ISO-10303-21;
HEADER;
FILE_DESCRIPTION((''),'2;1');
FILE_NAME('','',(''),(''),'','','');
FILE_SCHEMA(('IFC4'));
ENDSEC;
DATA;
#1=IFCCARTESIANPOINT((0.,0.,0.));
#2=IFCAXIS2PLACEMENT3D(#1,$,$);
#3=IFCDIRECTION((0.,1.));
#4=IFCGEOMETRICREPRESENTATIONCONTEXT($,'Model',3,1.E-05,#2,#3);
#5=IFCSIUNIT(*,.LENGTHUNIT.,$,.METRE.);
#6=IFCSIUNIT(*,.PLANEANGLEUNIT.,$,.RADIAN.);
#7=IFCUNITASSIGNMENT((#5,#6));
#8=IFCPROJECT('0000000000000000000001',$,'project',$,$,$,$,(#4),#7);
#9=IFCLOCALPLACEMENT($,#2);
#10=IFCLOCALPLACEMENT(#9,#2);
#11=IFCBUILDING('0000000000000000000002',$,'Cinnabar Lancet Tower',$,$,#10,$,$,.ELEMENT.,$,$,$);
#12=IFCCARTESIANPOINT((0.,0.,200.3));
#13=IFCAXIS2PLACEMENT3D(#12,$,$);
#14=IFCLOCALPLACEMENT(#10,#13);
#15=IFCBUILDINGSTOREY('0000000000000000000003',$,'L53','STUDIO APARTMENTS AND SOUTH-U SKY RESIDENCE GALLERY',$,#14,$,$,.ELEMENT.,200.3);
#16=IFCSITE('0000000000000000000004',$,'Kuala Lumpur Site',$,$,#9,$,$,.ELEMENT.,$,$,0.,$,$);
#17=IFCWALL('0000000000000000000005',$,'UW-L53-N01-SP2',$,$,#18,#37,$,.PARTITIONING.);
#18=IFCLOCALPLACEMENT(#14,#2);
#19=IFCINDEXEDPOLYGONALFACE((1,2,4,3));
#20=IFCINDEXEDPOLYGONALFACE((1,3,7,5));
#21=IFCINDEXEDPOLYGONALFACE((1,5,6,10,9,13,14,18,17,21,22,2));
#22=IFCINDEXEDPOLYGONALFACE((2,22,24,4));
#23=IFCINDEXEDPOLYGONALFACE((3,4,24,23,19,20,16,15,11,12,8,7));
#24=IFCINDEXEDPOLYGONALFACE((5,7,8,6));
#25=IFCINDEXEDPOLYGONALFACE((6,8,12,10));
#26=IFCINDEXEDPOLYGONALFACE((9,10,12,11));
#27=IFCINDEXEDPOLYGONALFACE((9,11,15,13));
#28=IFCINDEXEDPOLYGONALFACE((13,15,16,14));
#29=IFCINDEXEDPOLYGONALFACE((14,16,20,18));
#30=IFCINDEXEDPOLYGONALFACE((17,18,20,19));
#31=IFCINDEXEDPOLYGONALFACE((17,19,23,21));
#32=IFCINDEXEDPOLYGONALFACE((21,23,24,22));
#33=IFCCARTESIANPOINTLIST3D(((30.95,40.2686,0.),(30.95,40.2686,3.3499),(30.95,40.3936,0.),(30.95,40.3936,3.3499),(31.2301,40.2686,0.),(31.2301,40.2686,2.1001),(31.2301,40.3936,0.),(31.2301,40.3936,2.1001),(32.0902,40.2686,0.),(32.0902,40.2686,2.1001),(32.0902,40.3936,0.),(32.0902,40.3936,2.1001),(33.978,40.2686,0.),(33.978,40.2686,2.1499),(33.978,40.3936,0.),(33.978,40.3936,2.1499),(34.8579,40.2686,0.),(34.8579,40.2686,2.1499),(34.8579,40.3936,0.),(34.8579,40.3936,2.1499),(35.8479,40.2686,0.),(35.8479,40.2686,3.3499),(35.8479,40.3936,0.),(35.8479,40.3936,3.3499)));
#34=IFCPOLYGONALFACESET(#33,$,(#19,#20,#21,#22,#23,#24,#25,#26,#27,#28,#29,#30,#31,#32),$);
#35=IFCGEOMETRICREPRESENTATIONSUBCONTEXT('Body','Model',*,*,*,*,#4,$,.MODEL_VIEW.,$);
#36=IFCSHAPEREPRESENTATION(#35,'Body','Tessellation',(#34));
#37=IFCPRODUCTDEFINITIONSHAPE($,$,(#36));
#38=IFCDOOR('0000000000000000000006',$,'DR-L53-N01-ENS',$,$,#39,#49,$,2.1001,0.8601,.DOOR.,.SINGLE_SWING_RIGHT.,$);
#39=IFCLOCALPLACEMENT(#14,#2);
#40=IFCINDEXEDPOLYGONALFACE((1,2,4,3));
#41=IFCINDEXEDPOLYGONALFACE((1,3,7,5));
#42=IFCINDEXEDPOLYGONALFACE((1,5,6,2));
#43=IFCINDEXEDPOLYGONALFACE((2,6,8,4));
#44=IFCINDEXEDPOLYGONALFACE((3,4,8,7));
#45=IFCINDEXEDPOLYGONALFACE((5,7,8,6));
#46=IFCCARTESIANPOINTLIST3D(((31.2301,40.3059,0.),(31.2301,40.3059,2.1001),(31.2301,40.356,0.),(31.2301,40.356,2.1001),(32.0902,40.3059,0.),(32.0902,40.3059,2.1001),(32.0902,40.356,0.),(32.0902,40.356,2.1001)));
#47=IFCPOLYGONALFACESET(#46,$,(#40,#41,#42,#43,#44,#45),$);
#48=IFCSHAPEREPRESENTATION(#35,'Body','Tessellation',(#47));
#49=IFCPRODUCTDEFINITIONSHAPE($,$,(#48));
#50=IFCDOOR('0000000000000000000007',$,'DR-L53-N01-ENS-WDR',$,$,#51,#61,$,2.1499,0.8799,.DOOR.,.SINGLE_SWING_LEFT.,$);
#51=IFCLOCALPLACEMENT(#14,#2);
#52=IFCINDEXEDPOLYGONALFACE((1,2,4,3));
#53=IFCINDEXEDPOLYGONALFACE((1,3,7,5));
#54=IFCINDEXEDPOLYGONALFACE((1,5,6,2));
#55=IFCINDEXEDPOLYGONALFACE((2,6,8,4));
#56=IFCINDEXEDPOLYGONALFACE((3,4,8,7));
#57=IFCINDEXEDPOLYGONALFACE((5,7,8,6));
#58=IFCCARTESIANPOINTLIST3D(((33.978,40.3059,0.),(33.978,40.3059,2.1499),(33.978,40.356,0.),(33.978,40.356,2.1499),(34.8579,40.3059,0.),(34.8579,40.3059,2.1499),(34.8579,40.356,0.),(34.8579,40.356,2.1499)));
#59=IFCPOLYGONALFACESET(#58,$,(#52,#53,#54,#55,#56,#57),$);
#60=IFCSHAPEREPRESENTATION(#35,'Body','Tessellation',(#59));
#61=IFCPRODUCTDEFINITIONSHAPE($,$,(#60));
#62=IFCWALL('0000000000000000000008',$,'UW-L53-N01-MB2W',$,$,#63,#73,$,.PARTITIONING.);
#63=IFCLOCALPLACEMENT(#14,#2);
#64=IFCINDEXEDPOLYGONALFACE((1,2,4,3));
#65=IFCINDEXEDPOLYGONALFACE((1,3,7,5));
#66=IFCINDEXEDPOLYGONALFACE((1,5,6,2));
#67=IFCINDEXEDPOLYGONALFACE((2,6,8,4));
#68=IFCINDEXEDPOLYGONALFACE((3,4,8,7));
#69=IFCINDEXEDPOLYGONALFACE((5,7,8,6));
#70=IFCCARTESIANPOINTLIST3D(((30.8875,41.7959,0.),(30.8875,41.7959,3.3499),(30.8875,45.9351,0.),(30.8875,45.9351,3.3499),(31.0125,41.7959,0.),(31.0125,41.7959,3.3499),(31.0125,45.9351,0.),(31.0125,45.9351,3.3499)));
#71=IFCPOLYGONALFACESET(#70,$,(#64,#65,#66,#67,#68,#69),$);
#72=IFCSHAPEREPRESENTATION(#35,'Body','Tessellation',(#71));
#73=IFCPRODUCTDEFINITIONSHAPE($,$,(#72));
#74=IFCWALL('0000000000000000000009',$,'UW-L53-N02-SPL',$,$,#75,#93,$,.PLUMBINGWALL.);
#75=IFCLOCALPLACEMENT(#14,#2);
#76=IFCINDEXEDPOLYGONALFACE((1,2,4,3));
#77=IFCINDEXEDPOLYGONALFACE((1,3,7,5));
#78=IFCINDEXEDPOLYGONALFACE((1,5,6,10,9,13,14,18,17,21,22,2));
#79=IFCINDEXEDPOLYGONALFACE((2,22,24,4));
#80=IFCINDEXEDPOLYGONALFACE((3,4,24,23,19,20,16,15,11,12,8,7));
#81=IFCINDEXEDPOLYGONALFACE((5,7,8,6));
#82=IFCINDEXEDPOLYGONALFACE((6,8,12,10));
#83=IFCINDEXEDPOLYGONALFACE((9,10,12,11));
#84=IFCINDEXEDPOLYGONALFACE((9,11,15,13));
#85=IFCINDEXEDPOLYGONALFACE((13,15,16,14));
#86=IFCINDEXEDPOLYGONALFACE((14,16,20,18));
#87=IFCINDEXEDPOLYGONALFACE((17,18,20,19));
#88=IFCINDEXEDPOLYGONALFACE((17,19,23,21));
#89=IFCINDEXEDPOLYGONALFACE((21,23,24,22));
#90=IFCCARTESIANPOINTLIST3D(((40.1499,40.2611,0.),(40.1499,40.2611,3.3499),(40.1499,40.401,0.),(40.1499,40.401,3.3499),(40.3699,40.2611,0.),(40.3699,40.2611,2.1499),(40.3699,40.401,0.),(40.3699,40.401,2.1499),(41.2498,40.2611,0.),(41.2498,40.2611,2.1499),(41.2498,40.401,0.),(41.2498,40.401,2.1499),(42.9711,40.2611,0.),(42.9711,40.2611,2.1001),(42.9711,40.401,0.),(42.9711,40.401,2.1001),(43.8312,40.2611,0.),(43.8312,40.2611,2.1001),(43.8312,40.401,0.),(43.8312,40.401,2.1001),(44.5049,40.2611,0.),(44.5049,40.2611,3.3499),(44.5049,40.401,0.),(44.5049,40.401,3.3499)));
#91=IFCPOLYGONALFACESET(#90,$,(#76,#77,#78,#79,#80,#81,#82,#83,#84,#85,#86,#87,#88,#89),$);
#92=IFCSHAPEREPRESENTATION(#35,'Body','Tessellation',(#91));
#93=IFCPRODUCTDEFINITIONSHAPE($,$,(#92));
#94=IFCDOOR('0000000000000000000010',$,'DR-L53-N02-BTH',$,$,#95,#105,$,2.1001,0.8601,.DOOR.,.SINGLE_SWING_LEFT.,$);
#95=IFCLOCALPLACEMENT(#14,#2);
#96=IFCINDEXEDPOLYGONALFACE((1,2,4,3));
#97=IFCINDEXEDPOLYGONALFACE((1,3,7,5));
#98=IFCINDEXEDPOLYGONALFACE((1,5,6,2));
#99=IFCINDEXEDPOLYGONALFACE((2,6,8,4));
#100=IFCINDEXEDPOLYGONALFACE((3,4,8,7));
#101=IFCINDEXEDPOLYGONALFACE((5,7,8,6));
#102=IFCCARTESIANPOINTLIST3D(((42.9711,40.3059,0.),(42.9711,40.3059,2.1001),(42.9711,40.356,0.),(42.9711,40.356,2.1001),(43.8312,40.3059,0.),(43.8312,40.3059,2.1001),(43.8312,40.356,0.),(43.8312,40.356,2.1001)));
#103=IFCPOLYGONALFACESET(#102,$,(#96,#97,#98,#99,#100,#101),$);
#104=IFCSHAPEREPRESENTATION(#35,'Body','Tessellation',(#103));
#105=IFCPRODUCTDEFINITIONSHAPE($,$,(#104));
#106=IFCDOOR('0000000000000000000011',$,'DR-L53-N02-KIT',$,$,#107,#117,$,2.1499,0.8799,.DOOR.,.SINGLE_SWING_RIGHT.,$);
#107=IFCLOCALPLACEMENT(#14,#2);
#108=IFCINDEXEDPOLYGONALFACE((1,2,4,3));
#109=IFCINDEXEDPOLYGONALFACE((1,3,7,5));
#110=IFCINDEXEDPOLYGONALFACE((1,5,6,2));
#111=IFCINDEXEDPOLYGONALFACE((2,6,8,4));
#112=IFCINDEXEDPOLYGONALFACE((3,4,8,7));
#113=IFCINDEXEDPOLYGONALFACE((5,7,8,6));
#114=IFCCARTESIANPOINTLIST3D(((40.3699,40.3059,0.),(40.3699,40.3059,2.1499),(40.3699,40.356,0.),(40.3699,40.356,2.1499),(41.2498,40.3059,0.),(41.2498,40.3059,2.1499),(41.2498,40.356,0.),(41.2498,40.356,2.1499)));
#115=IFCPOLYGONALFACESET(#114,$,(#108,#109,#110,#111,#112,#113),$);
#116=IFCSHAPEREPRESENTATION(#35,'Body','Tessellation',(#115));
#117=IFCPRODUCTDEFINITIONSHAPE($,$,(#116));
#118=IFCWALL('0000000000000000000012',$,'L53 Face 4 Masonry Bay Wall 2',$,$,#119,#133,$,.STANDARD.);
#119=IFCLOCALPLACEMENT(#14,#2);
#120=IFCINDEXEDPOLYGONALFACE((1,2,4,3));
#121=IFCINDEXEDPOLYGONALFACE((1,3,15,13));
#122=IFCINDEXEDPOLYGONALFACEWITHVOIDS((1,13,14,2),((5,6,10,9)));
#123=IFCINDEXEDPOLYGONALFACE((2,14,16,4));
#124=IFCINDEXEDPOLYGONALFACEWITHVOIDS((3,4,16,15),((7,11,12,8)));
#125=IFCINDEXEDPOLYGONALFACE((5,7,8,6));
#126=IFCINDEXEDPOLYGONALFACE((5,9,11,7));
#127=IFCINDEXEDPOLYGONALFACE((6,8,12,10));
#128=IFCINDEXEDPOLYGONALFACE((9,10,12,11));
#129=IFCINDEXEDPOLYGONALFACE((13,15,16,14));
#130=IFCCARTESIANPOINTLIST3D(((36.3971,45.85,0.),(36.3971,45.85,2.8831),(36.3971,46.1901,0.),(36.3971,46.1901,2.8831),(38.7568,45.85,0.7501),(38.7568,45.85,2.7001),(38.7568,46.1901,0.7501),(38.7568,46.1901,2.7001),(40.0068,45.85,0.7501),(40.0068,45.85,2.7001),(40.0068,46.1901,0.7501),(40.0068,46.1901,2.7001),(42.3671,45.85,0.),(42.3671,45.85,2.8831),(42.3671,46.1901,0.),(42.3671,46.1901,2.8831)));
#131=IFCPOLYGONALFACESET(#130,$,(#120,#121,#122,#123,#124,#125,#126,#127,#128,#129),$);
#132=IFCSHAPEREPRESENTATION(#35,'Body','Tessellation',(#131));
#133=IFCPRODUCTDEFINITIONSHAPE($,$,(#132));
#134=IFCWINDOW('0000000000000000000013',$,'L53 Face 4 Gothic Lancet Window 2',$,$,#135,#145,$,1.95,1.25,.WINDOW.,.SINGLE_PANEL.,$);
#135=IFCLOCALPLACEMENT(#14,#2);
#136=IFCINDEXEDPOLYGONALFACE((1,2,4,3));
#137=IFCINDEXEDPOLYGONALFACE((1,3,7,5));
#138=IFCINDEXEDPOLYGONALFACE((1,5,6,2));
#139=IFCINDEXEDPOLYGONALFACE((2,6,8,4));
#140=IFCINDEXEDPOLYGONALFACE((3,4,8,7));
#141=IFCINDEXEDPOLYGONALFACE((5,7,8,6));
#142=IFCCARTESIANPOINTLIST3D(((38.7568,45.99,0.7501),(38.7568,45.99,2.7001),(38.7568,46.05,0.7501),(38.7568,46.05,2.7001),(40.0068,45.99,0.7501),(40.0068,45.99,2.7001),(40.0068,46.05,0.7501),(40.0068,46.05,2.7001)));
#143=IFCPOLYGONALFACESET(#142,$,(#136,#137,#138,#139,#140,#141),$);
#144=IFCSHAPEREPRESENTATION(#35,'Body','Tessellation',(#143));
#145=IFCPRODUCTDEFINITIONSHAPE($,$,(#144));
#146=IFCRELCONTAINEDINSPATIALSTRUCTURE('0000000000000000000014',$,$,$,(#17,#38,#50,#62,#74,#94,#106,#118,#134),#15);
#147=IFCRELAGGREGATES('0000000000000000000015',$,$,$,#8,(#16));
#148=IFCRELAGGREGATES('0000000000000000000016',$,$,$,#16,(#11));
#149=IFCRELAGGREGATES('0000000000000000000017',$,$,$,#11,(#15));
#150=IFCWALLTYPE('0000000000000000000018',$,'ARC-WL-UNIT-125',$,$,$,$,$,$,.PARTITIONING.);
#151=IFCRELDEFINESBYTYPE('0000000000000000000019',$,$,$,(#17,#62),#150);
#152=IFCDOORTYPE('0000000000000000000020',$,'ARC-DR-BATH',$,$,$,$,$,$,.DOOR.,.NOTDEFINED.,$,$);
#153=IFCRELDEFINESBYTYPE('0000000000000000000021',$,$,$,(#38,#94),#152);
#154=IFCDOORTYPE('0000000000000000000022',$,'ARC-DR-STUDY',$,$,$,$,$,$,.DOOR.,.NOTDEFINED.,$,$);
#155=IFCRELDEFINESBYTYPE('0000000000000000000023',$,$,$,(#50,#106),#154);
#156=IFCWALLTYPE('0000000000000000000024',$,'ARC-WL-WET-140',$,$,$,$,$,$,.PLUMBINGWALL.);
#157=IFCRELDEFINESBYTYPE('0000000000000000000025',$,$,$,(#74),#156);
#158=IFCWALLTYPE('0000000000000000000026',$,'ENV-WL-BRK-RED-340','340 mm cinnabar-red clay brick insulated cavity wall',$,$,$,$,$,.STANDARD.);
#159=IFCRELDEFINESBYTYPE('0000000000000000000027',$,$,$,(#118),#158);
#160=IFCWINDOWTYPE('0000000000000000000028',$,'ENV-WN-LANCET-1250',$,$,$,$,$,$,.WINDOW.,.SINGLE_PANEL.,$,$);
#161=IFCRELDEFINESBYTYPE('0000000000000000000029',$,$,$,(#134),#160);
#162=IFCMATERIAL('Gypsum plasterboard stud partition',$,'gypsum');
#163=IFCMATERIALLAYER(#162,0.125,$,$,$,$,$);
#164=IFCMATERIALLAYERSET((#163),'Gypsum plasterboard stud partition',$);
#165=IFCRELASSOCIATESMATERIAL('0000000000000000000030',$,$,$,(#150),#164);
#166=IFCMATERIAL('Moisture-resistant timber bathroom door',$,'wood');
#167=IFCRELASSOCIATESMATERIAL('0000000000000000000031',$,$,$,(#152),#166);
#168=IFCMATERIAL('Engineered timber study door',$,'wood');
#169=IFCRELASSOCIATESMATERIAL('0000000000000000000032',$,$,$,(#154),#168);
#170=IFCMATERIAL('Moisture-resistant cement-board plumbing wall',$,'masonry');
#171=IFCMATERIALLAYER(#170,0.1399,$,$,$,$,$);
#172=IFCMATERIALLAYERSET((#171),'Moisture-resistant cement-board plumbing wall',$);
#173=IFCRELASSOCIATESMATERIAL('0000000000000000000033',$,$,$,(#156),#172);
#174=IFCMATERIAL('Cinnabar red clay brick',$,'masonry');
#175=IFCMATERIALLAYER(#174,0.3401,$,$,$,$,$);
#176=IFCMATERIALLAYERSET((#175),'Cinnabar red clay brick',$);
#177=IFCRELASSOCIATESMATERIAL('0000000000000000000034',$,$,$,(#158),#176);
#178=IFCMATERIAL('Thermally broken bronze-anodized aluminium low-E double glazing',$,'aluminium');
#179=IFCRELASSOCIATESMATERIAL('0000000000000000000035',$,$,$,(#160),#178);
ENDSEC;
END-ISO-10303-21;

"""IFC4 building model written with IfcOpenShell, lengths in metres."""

from ifc_helpers import new_model, si_unit, direction, frame, frame_2d, origin, place, context, subcontext, project, spatial, rectangle, extrude, material, layer, layer_set, type_object, element, fill, save


model = new_model("IFC4")

# Units and contexts
model_context = context("Model", 3, precision=1e-05, world=origin(), true_north=direction((0.0, 1.0)))
body_context = subcontext(model_context, "Body", "Model", "MODEL_VIEW")
ifc_project = project(units=[si_unit("LENGTHUNIT", "METRE"), si_unit("PLANEANGLEUNIT", "RADIAN")], contexts=[model_context])

# Site, building, storey
site_placement = place(None, origin())
site = spatial("IfcSite", under=ifc_project, at=site_placement, Name="Kuala Lumpur Site", CompositionType="ELEMENT", RefElevation=0.0)
building_placement = place(site_placement, origin())
building = spatial("IfcBuilding", under=site, at=building_placement, Name="Cinnabar Lancet Tower", CompositionType="ELEMENT")
storey_placement = place(building_placement, frame((0.0, 0.0, 200.3)))
storey = spatial("IfcBuildingStorey", under=building, at=storey_placement, Name="L53", Description="STUDIO APARTMENTS AND SOUTH-U SKY RESIDENCE GALLERY", CompositionType="ELEMENT", Elevation=200.3)

# Wall, openings, doors
ifc_material_1 = material(Name="Gypsum plasterboard stud partition", Category="gypsum")
ifc_layer_1 = layer(ifc_material_1, 0.125)
ifc_layer_set_1 = layer_set([ifc_layer_1], Name="Gypsum plasterboard stud partition")
wall_type_1 = type_object("IfcWallType", Name="ARC-WL-UNIT-125", PredefinedType="PARTITIONING", material=ifc_layer_set_1)
wall_1_placement = place(storey_placement, frame((30.95, 40.3311, 0.0), z_axis=(0.0, 0.0, 1.0), x_axis=(1.0, 0.0, 0.0)))
wall_1 = element("IfcWall", 1, at=wall_1_placement, inside=storey, type_object=wall_type_1, Name="UW-L53-N01-SP2", PredefinedType="PARTITIONING", context=body_context, shape_type="SweptSolid", body=[
    extrude(rectangle(XDim=4.8979, YDim=0.125, at=frame_2d((2.449, 0.0))), origin(), (0.0, 0.0, 1.0), 3.3499),
])
opening_1_placement = place(wall_1_placement, frame((0.28, 0.0, 0.0)))
opening_1 = element("IfcOpeningElement", 2, at=opening_1_placement, cuts=wall_1, PredefinedType="OPENING", context=body_context, shape_type="SweptSolid", body=[
    extrude(rectangle(XDim=0.8601, YDim=2.1001, at=frame_2d((0.4302, 1.05))), frame((0.0, 0.0725, 0.0), z_axis=(0.0, -1.0, 0.0), x_axis=(1.0, 0.0, 0.0)), (0.0, 0.0, 1.0), 0.145),
])
opening_2_placement = place(wall_1_placement, frame((3.0281, 0.0, 0.0)))
opening_2 = element("IfcOpeningElement", 3, at=opening_2_placement, cuts=wall_1, PredefinedType="OPENING", context=body_context, shape_type="SweptSolid", body=[
    extrude(rectangle(XDim=0.8799, YDim=2.1499, at=frame_2d((0.4399, 1.075))), frame((0.0, 0.0725, 0.0), z_axis=(0.0, -1.0, 0.0), x_axis=(1.0, 0.0, 0.0)), (0.0, 0.0, 1.0), 0.145),
])
ifc_material_2 = material(Name="Moisture-resistant timber bathroom door", Category="wood")
door_type_1 = type_object("IfcDoorType", Name="ARC-DR-BATH", OperationType="NOTDEFINED", PredefinedType="DOOR", material=ifc_material_2)
door_1_placement = place(opening_1_placement, origin())
door_1 = element("IfcDoor", 4, at=door_1_placement, inside=storey, type_object=door_type_1, Name="DR-L53-N01-ENS", OperationType="SINGLE_SWING_RIGHT", OverallHeight=2.1001, OverallWidth=0.8601, PredefinedType="DOOR", context=body_context, shape_type="SweptSolid", body=[
    extrude(rectangle(XDim=0.8601, YDim=2.1001, at=frame_2d((0.4302, 1.05))), frame((0.0, 0.0249, 0.0), z_axis=(0.0, -1.0, 0.0), x_axis=(1.0, 0.0, 0.0)), (0.0, 0.0, 1.0), 0.05),
])
fill(opening_1, door_1)
ifc_material_3 = material(Name="Engineered timber study door", Category="wood")
door_type_2 = type_object("IfcDoorType", Name="ARC-DR-STUDY", OperationType="NOTDEFINED", PredefinedType="DOOR", material=ifc_material_3)
door_2_placement = place(opening_2_placement, origin())
door_2 = element("IfcDoor", 5, at=door_2_placement, inside=storey, type_object=door_type_2, Name="DR-L53-N01-ENS-WDR", OperationType="SINGLE_SWING_LEFT", OverallHeight=2.1499, OverallWidth=0.8799, PredefinedType="DOOR", context=body_context, shape_type="SweptSolid", body=[
    extrude(rectangle(XDim=0.8799, YDim=2.1499, at=frame_2d((0.4399, 1.075))), frame((0.0, 0.0249, 0.0), z_axis=(0.0, -1.0, 0.0), x_axis=(1.0, 0.0, 0.0)), (0.0, 0.0, 1.0), 0.05),
])
fill(opening_2, door_2)

# Wall
wall_2_placement = place(storey_placement, frame((30.95, 41.7959, 0.0), z_axis=(0.0, 0.0, 1.0), x_axis=(0.0, 1.0, 0.0)))
element("IfcWall", 6, at=wall_2_placement, inside=storey, type_object=wall_type_1, Name="UW-L53-N01-MB2W", PredefinedType="PARTITIONING", context=body_context, shape_type="SweptSolid", body=[
    extrude(rectangle(XDim=4.1392, YDim=0.125, at=frame_2d((2.0696, 0.0))), origin(), (0.0, 0.0, 1.0), 3.3499),
])

# Wall, openings, doors
ifc_material_4 = material(Name="Moisture-resistant cement-board plumbing wall", Category="masonry")
ifc_layer_2 = layer(ifc_material_4, 0.1399)
ifc_layer_set_2 = layer_set([ifc_layer_2], Name="Moisture-resistant cement-board plumbing wall")
wall_type_2 = type_object("IfcWallType", Name="ARC-WL-WET-140", PredefinedType="PLUMBINGWALL", material=ifc_layer_set_2)
wall_3_placement = place(storey_placement, frame((40.1499, 40.3311, 0.0), z_axis=(0.0, 0.0, 1.0), x_axis=(1.0, 0.0, 0.0)))
wall_3 = element("IfcWall", 7, at=wall_3_placement, inside=storey, type_object=wall_type_2, Name="UW-L53-N02-SPL", PredefinedType="PLUMBINGWALL", context=body_context, shape_type="SweptSolid", body=[
    extrude(rectangle(XDim=4.355, YDim=0.1399, at=frame_2d((2.1775, 0.0))), origin(), (0.0, 0.0, 1.0), 3.3499),
])
opening_3_placement = place(wall_3_placement, frame((2.821, 0.0, 0.0)))
opening_3 = element("IfcOpeningElement", 8, at=opening_3_placement, cuts=wall_3, PredefinedType="OPENING", context=body_context, shape_type="SweptSolid", body=[
    extrude(rectangle(XDim=0.8601, YDim=2.1001, at=frame_2d((0.4302, 1.05))), frame((0.0, 0.0798, 0.0), z_axis=(0.0, -1.0, 0.0), x_axis=(1.0, 0.0, 0.0)), (0.0, 0.0, 1.0), 0.1599),
])
opening_4_placement = place(wall_3_placement, frame((0.22, 0.0, 0.0)))
opening_4 = element("IfcOpeningElement", 9, at=opening_4_placement, cuts=wall_3, PredefinedType="OPENING", context=body_context, shape_type="SweptSolid", body=[
    extrude(rectangle(XDim=0.8799, YDim=2.1499, at=frame_2d((0.4399, 1.075))), frame((0.0, 0.0798, 0.0), z_axis=(0.0, -1.0, 0.0), x_axis=(1.0, 0.0, 0.0)), (0.0, 0.0, 1.0), 0.1599),
])
door_3_placement = place(opening_3_placement, origin())
door_3 = element("IfcDoor", 10, at=door_3_placement, inside=storey, type_object=door_type_1, Name="DR-L53-N02-BTH", OperationType="SINGLE_SWING_LEFT", OverallHeight=2.1001, OverallWidth=0.8601, PredefinedType="DOOR", context=body_context, shape_type="SweptSolid", body=[
    extrude(rectangle(XDim=0.8601, YDim=2.1001, at=frame_2d((0.4302, 1.05))), frame((0.0, 0.0249, 0.0), z_axis=(0.0, -1.0, 0.0), x_axis=(1.0, 0.0, 0.0)), (0.0, 0.0, 1.0), 0.05),
])
fill(opening_3, door_3)
door_4_placement = place(opening_4_placement, origin())
door_4 = element("IfcDoor", 11, at=door_4_placement, inside=storey, type_object=door_type_2, Name="DR-L53-N02-KIT", OperationType="SINGLE_SWING_RIGHT", OverallHeight=2.1499, OverallWidth=0.8799, PredefinedType="DOOR", context=body_context, shape_type="SweptSolid", body=[
    extrude(rectangle(XDim=0.8799, YDim=2.1499, at=frame_2d((0.4399, 1.075))), frame((0.0, 0.0249, 0.0), z_axis=(0.0, -1.0, 0.0), x_axis=(1.0, 0.0, 0.0)), (0.0, 0.0, 1.0), 0.05),
])
fill(opening_4, door_4)

# Wall, opening, window
ifc_material_5 = material(Name="Cinnabar red clay brick", Category="masonry")
ifc_layer_3 = layer(ifc_material_5, 0.3401)
ifc_layer_set_3 = layer_set([ifc_layer_3], Name="Cinnabar red clay brick")
wall_type_3 = type_object("IfcWallType", Name="ENV-WL-BRK-RED-340", Description="340 mm cinnabar-red clay brick insulated cavity wall", PredefinedType="STANDARD", material=ifc_layer_set_3)
wall_4_placement = place(storey_placement, frame((42.3669, 46.02, 0.0), z_axis=(0.0, 0.0, 1.0), x_axis=(-1.0, 0.0, 0.0)))
wall_4 = element("IfcWall", 12, at=wall_4_placement, inside=storey, type_object=wall_type_3, Name="L53 Face 4 Masonry Bay Wall 2", PredefinedType="STANDARD", context=body_context, shape_type="SweptSolid", body=[
    extrude(rectangle(XDim=5.97, YDim=0.3401, at=frame_2d((2.9849, 0.0))), origin(), (0.0, 0.0, 1.0), 2.8831),
])
opening_5_placement = place(wall_4_placement, frame((2.3601, 0.0, 0.75)))
opening_5 = element("IfcOpeningElement", 13, at=opening_5_placement, cuts=wall_4, PredefinedType="OPENING", context=body_context, shape_type="SweptSolid", body=[
    extrude(rectangle(XDim=1.25, YDim=1.95, at=frame_2d((0.625, 0.9751))), frame((0.0, 0.1799, 0.0), z_axis=(0.0, -1.0, 0.0), x_axis=(1.0, 0.0, 0.0)), (0.0, 0.0, 1.0), 0.3601),
])
ifc_material_6 = material(Name="Thermally broken bronze-anodized aluminium low-E double glazing", Category="aluminium")
window_type_1 = type_object("IfcWindowType", Name="ENV-WN-LANCET-1250", PartitioningType="SINGLE_PANEL", PredefinedType="WINDOW", material=ifc_material_6)
window_1_placement = place(opening_5_placement, origin())
window_1 = element("IfcWindow", 14, at=window_1_placement, inside=storey, type_object=window_type_1, Name="L53 Face 4 Gothic Lancet Window 2", OverallHeight=1.95, OverallWidth=1.25, PartitioningType="SINGLE_PANEL", PredefinedType="WINDOW", context=body_context, shape_type="SweptSolid", body=[
    extrude(rectangle(XDim=1.25, YDim=1.95, at=frame_2d((0.625, 0.9751))), frame((0.0, 0.03, 0.0), z_axis=(0.0, -1.0, 0.0), x_axis=(1.0, 0.0, 0.0)), (0.0, 0.0, 1.0), 0.0601),
])
fill(opening_5, window_1)

save(model, "model.ifc")
